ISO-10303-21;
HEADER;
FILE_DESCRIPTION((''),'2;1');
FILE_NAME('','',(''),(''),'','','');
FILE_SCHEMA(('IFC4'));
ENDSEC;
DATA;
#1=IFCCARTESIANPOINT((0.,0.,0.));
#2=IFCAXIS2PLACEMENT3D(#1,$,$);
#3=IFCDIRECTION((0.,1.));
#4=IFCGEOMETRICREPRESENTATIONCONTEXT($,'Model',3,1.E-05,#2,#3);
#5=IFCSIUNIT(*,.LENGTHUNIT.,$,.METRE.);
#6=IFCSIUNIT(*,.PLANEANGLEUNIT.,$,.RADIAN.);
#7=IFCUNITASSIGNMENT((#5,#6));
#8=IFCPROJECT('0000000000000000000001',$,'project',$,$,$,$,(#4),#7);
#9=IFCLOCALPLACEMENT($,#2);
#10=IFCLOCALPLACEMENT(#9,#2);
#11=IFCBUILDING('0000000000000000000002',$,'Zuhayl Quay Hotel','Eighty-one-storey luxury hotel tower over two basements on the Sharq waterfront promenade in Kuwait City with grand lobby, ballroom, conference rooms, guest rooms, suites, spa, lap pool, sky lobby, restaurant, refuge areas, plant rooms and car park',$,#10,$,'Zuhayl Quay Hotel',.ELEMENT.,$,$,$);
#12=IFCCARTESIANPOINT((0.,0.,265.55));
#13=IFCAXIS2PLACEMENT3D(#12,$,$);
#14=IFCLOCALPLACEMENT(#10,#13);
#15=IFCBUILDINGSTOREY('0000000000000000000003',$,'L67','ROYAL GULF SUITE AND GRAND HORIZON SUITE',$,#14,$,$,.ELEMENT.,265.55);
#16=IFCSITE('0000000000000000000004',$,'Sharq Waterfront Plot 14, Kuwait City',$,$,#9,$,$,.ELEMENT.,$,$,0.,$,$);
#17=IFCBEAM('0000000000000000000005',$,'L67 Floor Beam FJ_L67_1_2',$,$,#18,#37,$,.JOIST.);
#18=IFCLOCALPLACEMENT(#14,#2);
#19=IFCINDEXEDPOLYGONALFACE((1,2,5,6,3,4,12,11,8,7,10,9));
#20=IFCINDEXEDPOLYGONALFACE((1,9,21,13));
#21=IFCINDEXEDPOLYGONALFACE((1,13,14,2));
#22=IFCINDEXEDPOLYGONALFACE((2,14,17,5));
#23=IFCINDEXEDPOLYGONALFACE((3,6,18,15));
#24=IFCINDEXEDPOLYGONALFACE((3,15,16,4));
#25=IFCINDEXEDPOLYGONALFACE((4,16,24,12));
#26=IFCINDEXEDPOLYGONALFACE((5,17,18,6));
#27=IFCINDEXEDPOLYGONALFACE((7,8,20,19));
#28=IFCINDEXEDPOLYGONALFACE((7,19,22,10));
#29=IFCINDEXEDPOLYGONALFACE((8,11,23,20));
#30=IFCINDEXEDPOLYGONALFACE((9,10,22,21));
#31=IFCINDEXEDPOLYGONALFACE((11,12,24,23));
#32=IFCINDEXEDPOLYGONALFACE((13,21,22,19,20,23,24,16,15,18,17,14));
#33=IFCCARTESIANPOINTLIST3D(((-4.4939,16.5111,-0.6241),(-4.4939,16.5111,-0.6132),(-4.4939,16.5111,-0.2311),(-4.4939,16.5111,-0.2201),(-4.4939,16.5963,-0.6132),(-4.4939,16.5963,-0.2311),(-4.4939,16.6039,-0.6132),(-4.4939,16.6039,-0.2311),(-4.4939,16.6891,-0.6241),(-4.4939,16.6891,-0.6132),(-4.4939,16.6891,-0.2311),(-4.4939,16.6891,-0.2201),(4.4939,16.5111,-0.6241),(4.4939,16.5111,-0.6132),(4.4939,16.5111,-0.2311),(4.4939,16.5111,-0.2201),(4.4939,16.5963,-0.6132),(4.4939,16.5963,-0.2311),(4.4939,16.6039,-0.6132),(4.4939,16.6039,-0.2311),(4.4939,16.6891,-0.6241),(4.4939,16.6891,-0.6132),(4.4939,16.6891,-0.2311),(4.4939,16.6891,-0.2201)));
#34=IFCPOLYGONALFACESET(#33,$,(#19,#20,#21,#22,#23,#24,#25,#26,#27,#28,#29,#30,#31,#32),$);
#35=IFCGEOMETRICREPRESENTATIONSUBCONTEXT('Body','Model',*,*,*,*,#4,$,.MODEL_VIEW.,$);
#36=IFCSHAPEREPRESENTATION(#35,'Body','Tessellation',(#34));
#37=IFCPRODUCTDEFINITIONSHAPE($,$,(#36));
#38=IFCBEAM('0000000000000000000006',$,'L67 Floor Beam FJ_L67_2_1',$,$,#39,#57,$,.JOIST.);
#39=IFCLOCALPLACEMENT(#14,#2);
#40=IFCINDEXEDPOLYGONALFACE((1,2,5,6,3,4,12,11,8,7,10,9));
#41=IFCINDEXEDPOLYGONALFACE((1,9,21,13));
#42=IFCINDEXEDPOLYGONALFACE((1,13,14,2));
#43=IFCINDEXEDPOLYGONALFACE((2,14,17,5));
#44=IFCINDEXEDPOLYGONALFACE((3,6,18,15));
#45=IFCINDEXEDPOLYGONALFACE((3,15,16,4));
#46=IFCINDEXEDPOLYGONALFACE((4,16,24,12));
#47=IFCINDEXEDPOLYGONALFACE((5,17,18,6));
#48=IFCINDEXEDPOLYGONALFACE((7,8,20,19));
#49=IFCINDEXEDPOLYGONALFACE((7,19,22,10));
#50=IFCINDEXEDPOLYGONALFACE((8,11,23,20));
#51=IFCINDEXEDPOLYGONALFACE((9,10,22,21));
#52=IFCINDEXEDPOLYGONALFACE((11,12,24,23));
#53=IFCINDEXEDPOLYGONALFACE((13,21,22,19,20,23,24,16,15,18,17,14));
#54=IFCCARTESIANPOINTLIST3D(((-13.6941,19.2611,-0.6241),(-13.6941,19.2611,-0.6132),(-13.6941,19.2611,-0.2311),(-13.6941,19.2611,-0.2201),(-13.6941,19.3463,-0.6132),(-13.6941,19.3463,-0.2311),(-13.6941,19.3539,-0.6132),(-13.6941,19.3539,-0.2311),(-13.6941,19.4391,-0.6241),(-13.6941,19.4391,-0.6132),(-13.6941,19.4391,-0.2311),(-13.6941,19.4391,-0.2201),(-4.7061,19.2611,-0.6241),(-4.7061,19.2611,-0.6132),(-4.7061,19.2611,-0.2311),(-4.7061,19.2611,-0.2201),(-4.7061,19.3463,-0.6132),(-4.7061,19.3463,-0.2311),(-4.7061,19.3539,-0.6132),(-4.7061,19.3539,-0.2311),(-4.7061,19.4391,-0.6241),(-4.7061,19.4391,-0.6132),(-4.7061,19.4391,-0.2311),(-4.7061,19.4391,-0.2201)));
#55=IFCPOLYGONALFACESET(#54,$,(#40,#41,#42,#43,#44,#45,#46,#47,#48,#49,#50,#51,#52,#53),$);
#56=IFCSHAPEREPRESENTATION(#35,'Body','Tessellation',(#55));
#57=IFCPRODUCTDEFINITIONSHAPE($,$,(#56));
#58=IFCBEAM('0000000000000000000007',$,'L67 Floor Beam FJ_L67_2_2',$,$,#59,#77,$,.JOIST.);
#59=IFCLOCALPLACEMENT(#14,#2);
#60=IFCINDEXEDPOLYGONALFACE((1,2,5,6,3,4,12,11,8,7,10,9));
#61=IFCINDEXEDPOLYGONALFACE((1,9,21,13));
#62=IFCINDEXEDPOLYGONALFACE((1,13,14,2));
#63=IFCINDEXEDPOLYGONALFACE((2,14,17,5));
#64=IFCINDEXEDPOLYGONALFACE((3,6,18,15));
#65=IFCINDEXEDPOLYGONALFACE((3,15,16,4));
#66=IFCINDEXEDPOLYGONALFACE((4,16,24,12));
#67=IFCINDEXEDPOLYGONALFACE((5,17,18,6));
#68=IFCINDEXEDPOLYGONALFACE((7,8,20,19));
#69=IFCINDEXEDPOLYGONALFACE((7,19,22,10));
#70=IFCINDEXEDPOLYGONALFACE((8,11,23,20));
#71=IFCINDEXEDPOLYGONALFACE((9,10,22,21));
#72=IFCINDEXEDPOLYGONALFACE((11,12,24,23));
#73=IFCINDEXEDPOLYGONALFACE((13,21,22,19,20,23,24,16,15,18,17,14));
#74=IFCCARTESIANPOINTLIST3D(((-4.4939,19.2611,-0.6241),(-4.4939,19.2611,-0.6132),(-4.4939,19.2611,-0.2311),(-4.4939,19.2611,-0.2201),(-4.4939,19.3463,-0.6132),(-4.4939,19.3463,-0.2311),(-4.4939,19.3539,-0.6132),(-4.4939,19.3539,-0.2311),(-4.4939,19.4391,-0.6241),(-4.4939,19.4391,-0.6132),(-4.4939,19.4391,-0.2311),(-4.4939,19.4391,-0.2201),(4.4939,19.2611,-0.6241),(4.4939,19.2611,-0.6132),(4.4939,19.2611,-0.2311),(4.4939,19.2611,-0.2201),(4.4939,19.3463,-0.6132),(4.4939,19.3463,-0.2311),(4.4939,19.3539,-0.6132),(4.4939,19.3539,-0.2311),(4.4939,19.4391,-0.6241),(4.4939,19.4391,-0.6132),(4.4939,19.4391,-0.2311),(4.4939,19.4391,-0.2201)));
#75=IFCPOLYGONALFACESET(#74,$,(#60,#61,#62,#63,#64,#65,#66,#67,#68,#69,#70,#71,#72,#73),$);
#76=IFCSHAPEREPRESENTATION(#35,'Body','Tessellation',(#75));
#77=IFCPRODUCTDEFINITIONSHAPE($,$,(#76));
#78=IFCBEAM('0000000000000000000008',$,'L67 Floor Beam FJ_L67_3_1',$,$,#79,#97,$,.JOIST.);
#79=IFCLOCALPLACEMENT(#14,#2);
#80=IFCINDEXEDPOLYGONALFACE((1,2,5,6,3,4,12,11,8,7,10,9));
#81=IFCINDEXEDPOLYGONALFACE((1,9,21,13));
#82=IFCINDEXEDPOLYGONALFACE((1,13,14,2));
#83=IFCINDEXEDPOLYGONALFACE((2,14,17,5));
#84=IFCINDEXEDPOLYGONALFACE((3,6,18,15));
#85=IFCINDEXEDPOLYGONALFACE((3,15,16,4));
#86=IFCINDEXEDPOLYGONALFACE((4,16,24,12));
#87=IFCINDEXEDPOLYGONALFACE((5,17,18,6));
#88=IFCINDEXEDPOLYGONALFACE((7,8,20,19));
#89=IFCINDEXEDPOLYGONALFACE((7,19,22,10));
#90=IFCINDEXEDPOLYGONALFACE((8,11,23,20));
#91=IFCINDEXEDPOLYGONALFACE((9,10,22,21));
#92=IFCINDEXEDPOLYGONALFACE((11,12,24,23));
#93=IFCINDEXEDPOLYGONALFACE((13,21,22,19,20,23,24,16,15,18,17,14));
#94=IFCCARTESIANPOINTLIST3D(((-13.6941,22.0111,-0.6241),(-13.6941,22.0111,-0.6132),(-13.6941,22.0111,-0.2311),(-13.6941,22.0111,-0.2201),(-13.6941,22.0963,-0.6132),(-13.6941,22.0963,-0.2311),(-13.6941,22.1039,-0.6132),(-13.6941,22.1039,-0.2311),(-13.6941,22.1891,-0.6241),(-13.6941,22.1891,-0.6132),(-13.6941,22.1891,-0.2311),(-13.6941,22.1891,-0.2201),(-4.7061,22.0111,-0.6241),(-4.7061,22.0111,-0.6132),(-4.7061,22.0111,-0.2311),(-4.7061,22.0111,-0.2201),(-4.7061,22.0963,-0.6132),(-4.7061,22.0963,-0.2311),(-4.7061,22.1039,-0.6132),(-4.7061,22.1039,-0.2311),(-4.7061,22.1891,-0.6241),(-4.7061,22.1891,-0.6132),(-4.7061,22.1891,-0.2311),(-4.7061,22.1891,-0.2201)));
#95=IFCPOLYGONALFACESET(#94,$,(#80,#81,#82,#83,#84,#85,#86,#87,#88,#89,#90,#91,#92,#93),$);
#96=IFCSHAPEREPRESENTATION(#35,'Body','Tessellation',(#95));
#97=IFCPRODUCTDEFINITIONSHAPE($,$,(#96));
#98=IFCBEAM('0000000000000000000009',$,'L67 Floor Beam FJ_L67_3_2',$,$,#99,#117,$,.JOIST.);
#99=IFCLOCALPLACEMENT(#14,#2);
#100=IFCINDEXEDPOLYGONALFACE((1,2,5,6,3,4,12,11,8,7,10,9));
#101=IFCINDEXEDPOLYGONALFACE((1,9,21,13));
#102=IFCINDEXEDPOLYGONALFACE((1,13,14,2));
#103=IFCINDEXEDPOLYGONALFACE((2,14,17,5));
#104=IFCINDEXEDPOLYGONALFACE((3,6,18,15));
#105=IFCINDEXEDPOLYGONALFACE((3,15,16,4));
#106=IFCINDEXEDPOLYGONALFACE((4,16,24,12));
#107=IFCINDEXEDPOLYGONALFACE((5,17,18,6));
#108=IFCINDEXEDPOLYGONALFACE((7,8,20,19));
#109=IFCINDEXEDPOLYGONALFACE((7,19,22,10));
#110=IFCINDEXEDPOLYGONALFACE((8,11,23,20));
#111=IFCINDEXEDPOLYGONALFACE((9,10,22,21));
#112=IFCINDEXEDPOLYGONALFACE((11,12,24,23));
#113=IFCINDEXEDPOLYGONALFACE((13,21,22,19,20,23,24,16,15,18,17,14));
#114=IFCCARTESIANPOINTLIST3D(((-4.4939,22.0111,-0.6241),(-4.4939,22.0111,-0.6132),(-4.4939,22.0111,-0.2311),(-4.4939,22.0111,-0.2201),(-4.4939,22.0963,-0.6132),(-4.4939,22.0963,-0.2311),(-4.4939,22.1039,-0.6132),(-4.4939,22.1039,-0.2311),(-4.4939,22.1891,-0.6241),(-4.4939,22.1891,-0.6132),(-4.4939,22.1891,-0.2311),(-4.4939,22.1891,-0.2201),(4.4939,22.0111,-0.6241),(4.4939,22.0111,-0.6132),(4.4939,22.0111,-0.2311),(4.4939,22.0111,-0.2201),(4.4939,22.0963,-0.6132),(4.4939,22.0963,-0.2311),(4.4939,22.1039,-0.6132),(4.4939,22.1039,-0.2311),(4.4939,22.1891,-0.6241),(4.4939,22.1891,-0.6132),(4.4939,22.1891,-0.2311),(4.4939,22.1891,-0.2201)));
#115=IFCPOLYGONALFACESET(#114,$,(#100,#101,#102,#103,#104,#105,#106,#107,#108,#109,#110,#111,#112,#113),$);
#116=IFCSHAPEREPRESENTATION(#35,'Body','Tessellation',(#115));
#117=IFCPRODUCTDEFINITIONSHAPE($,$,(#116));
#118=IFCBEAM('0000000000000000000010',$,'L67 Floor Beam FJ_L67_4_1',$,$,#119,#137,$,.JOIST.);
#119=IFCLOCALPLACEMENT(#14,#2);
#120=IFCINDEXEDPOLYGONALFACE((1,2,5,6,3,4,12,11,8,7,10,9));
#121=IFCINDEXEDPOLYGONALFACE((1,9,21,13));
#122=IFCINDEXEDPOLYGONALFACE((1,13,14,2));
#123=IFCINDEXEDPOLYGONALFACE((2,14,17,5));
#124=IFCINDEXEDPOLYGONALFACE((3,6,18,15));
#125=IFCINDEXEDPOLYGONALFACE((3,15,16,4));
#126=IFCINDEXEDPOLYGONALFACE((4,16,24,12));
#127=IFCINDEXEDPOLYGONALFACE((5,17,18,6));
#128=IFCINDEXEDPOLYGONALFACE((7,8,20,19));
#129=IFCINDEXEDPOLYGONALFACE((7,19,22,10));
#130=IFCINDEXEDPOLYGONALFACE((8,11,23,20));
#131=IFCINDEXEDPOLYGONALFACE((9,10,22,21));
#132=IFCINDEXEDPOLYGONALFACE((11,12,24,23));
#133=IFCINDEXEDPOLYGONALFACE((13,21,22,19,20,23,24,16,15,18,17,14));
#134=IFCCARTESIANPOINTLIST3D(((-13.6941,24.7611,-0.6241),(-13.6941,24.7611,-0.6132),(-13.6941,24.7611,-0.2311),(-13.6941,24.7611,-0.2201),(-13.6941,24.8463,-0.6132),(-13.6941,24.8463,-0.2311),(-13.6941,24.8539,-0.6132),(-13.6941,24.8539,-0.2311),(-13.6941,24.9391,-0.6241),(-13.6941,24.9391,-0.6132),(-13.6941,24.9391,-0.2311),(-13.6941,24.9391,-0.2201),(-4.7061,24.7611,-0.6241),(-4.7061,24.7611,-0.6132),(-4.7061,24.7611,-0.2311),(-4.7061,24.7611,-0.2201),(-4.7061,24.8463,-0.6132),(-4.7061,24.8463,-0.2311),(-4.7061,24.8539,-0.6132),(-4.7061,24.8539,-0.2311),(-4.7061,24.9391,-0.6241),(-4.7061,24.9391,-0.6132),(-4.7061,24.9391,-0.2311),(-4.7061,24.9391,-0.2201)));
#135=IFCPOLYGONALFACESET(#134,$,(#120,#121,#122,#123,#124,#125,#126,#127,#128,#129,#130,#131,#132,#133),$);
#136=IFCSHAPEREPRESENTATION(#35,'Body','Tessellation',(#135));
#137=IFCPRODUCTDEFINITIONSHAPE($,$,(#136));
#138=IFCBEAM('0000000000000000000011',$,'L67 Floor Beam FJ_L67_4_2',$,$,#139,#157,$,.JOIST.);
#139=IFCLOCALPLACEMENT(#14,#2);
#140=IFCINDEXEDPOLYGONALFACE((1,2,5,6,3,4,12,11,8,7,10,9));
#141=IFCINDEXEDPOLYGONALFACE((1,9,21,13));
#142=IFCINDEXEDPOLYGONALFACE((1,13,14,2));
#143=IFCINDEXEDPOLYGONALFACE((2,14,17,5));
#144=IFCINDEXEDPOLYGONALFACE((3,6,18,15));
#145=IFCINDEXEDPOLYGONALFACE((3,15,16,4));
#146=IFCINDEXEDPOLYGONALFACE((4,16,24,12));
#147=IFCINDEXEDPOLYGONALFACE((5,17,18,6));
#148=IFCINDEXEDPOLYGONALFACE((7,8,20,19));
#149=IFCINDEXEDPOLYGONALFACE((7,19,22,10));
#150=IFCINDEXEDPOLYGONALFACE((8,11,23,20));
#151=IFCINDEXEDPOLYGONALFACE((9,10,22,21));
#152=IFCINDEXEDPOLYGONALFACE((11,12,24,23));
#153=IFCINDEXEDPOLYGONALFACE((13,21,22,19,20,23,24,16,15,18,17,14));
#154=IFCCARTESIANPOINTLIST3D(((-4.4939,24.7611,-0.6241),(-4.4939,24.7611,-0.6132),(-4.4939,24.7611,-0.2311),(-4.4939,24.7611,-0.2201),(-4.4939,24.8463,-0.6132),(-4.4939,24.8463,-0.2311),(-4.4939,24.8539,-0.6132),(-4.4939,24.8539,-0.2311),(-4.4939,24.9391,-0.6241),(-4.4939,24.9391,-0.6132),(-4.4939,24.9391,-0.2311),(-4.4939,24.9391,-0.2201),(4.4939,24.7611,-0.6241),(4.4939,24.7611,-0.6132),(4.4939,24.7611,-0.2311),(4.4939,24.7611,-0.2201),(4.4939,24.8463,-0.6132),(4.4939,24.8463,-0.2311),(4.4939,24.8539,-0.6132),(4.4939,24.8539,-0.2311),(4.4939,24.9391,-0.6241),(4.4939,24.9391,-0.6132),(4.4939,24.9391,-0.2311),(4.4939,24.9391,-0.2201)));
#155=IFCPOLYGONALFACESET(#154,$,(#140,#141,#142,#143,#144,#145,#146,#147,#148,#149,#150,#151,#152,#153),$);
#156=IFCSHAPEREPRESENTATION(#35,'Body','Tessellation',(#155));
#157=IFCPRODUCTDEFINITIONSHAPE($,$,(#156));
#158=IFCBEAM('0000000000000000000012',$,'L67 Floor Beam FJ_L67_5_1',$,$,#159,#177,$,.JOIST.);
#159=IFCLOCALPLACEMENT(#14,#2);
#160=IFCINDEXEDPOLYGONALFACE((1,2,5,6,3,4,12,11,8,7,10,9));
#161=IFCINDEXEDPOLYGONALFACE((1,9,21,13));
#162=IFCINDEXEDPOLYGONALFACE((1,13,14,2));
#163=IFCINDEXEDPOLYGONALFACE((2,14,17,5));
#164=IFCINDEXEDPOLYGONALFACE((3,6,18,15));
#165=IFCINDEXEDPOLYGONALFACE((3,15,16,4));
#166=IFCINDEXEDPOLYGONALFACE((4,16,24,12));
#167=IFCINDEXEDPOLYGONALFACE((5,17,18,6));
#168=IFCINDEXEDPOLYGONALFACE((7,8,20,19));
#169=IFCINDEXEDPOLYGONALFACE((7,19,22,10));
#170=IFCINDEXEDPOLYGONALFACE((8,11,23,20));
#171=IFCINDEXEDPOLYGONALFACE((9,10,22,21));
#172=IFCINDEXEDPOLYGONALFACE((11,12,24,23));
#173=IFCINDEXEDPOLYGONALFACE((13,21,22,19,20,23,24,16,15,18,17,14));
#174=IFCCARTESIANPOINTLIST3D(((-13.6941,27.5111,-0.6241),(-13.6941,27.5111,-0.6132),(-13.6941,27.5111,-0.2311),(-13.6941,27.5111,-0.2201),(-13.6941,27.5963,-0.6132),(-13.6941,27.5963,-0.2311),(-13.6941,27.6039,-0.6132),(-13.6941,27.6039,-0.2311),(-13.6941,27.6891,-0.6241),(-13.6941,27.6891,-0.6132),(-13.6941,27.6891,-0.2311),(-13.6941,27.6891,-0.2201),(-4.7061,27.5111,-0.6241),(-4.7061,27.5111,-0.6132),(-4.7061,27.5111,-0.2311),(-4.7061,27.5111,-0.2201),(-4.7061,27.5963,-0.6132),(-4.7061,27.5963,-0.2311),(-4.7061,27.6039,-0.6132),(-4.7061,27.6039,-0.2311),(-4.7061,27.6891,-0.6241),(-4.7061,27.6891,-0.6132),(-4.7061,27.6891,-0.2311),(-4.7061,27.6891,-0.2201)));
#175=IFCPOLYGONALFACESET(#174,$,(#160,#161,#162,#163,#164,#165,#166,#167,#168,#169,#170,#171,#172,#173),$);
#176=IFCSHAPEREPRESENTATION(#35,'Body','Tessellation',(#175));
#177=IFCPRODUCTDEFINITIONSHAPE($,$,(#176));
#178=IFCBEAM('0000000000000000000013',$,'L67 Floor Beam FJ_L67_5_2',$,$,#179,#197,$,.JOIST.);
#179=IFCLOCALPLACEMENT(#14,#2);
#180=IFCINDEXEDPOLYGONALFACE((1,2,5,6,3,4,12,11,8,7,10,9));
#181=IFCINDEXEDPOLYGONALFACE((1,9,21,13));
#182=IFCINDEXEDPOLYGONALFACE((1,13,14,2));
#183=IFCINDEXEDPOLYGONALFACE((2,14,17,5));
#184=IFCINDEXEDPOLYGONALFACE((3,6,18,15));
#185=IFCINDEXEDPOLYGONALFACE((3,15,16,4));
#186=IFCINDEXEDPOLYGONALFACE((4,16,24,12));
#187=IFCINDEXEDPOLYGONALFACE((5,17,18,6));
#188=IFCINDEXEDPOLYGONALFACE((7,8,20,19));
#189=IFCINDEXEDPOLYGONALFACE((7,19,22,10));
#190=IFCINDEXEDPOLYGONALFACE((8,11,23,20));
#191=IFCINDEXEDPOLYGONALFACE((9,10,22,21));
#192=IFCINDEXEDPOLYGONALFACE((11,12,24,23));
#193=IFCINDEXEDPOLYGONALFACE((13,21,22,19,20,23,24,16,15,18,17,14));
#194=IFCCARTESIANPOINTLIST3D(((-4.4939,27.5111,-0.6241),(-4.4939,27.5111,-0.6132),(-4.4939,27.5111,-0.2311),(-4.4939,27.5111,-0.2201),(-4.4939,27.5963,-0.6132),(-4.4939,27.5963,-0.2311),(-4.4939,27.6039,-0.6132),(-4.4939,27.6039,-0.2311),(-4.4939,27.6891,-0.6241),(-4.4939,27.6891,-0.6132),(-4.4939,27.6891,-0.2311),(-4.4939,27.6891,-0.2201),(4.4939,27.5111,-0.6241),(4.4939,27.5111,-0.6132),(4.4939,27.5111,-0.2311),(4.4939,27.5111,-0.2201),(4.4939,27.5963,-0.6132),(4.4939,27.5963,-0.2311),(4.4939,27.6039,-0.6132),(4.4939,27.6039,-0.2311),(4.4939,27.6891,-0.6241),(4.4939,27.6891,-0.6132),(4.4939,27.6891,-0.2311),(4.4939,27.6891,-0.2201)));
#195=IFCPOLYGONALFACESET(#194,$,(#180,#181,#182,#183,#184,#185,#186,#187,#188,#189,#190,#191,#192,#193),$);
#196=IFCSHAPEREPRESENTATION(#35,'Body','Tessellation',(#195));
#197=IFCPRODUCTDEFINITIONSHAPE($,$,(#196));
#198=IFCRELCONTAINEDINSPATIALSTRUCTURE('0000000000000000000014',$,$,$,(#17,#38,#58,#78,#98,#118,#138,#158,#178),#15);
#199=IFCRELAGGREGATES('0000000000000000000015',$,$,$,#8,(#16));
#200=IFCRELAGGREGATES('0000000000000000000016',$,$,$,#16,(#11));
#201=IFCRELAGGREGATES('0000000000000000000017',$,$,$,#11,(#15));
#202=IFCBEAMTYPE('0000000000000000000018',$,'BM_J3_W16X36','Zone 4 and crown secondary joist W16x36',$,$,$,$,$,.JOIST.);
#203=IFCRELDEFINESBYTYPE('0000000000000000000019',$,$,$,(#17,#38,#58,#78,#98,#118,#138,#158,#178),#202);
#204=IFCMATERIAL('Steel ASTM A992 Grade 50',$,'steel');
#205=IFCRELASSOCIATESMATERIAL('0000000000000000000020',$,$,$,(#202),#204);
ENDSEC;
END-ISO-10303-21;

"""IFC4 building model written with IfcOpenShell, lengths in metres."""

from ifc_helpers import new_model, si_unit, direction, frame, origin, origin_2d, place, context, subcontext, project, spatial, i_section, extrude, material, material_profile, profile_set, type_object, element, save


model = new_model("IFC4")

# Units and contexts
model_context = context("Model", 3, precision=1e-05, world=origin(), true_north=direction((0.0, 1.0)))
body_context = subcontext(model_context, "Body", "Model", "MODEL_VIEW")
ifc_project = project(units=[si_unit("LENGTHUNIT", "METRE"), si_unit("PLANEANGLEUNIT", "RADIAN")], contexts=[model_context])

# Site, building, storey
site_placement = place(None, origin())
site = spatial("IfcSite", under=ifc_project, at=site_placement, Name="Sharq Waterfront Plot 14, Kuwait City", CompositionType="ELEMENT", RefElevation=0.0)
building_placement = place(site_placement, origin())
building = spatial("IfcBuilding", under=site, at=building_placement, Name="Zuhayl Quay Hotel", Description="Eighty-one-storey luxury hotel tower over two basements on the Sharq waterfront promenade in Kuwait City with grand lobby, ballroom, conference rooms, guest rooms, suites, spa, lap pool, sky lobby, restaurant, refuge areas, plant rooms and car park", LongName="Zuhayl Quay Hotel", CompositionType="ELEMENT")
storey_placement = place(building_placement, frame((0.0, 0.0, 265.55)))
storey = spatial("IfcBuildingStorey", under=building, at=storey_placement, Name="L67", Description="ROYAL GULF SUITE AND GRAND HORIZON SUITE", CompositionType="ELEMENT", Elevation=265.55)

# Beams
ifc_material_1 = material(Name="Steel ASTM A992 Grade 50", Category="steel")
ifc_material_profile = material_profile(ifc_material_1, i_section(OverallWidth=0.178, OverallDepth=0.4041, WebThickness=0.0076, FlangeThickness=0.011, at=origin_2d()), Name="W16X36")
ifc_profile_set = profile_set([ifc_material_profile], Name="Steel ASTM A992 Grade 50")
beam_type = type_object("IfcBeamType", Name="BM_J3_W16X36", Description="Zone 4 and crown secondary joist W16x36", PredefinedType="JOIST", material=ifc_profile_set)
beam_1_placement = place(storey_placement, frame((-4.4939, 16.6001, -0.4221), z_axis=(1.0, 0.0, 0.0), x_axis=(0.0, 1.0, 0.0)))
element("IfcBeam", 1, at=beam_1_placement, inside=storey, type_object=beam_type, Name="L67 Floor Beam FJ_L67_1_2", PredefinedType="JOIST", context=body_context, shape_type="SweptSolid", body=[
    extrude(i_section(OverallWidth=0.178, OverallDepth=0.4041, WebThickness=0.0076, FlangeThickness=0.011, at=origin_2d()), origin(), (0.0, 0.0, 1.0), 8.9878),
])
beam_2_placement = place(storey_placement, frame((-13.6941, 19.3501, -0.4221), z_axis=(1.0, 0.0, 0.0), x_axis=(0.0, 1.0, 0.0)))
element("IfcBeam", 2, at=beam_2_placement, inside=storey, type_object=beam_type, Name="L67 Floor Beam FJ_L67_2_1", PredefinedType="JOIST", context=body_context, shape_type="SweptSolid", body=[
    extrude(i_section(OverallWidth=0.178, OverallDepth=0.4041, WebThickness=0.0076, FlangeThickness=0.011, at=origin_2d()), origin(), (0.0, 0.0, 1.0), 8.988),
])
beam_3_placement = place(storey_placement, frame((-4.4939, 19.3501, -0.4221), z_axis=(1.0, 0.0, 0.0), x_axis=(0.0, 1.0, 0.0)))
element("IfcBeam", 3, at=beam_3_placement, inside=storey, type_object=beam_type, Name="L67 Floor Beam FJ_L67_2_2", PredefinedType="JOIST", context=body_context, shape_type="SweptSolid", body=[
    extrude(i_section(OverallWidth=0.178, OverallDepth=0.4041, WebThickness=0.0076, FlangeThickness=0.011, at=origin_2d()), origin(), (0.0, 0.0, 1.0), 8.9878),
])
beam_4_placement = place(storey_placement, frame((-13.6941, 22.1001, -0.4221), z_axis=(1.0, 0.0, 0.0), x_axis=(0.0, 1.0, 0.0)))
element("IfcBeam", 4, at=beam_4_placement, inside=storey, type_object=beam_type, Name="L67 Floor Beam FJ_L67_3_1", PredefinedType="JOIST", context=body_context, shape_type="SweptSolid", body=[
    extrude(i_section(OverallWidth=0.178, OverallDepth=0.4041, WebThickness=0.0076, FlangeThickness=0.011, at=origin_2d()), origin(), (0.0, 0.0, 1.0), 8.988),
])
beam_5_placement = place(storey_placement, frame((-4.4939, 22.1001, -0.4221), z_axis=(1.0, 0.0, 0.0), x_axis=(0.0, 1.0, 0.0)))
element("IfcBeam", 5, at=beam_5_placement, inside=storey, type_object=beam_type, Name="L67 Floor Beam FJ_L67_3_2", PredefinedType="JOIST", context=body_context, shape_type="SweptSolid", body=[
    extrude(i_section(OverallWidth=0.178, OverallDepth=0.4041, WebThickness=0.0076, FlangeThickness=0.011, at=origin_2d()), origin(), (0.0, 0.0, 1.0), 8.9878),
])
beam_6_placement = place(storey_placement, frame((-13.6941, 24.8501, -0.4221), z_axis=(1.0, 0.0, 0.0), x_axis=(0.0, 1.0, 0.0)))
element("IfcBeam", 6, at=beam_6_placement, inside=storey, type_object=beam_type, Name="L67 Floor Beam FJ_L67_4_1", PredefinedType="JOIST", context=body_context, shape_type="SweptSolid", body=[
    extrude(i_section(OverallWidth=0.178, OverallDepth=0.4041, WebThickness=0.0076, FlangeThickness=0.011, at=origin_2d()), origin(), (0.0, 0.0, 1.0), 8.988),
])
beam_7_placement = place(storey_placement, frame((-4.4939, 24.8501, -0.4221), z_axis=(1.0, 0.0, 0.0), x_axis=(0.0, 1.0, 0.0)))
element("IfcBeam", 7, at=beam_7_placement, inside=storey, type_object=beam_type, Name="L67 Floor Beam FJ_L67_4_2", PredefinedType="JOIST", context=body_context, shape_type="SweptSolid", body=[
    extrude(i_section(OverallWidth=0.178, OverallDepth=0.4041, WebThickness=0.0076, FlangeThickness=0.011, at=origin_2d()), origin(), (0.0, 0.0, 1.0), 8.9878),
])
beam_8_placement = place(storey_placement, frame((-13.6941, 27.6001, -0.4221), z_axis=(1.0, 0.0, 0.0), x_axis=(0.0, 1.0, 0.0)))
element("IfcBeam", 8, at=beam_8_placement, inside=storey, type_object=beam_type, Name="L67 Floor Beam FJ_L67_5_1", PredefinedType="JOIST", context=body_context, shape_type="SweptSolid", body=[
    extrude(i_section(OverallWidth=0.178, OverallDepth=0.4041, WebThickness=0.0076, FlangeThickness=0.011, at=origin_2d()), origin(), (0.0, 0.0, 1.0), 8.988),
])
beam_9_placement = place(storey_placement, frame((-4.4939, 27.6001, -0.4221), z_axis=(1.0, 0.0, 0.0), x_axis=(0.0, 1.0, 0.0)))
element("IfcBeam", 9, at=beam_9_placement, inside=storey, type_object=beam_type, Name="L67 Floor Beam FJ_L67_5_2", PredefinedType="JOIST", context=body_context, shape_type="SweptSolid", body=[
    extrude(i_section(OverallWidth=0.178, OverallDepth=0.4041, WebThickness=0.0076, FlangeThickness=0.011, at=origin_2d()), origin(), (0.0, 0.0, 1.0), 8.9878),
])

save(model, "model.ifc")
